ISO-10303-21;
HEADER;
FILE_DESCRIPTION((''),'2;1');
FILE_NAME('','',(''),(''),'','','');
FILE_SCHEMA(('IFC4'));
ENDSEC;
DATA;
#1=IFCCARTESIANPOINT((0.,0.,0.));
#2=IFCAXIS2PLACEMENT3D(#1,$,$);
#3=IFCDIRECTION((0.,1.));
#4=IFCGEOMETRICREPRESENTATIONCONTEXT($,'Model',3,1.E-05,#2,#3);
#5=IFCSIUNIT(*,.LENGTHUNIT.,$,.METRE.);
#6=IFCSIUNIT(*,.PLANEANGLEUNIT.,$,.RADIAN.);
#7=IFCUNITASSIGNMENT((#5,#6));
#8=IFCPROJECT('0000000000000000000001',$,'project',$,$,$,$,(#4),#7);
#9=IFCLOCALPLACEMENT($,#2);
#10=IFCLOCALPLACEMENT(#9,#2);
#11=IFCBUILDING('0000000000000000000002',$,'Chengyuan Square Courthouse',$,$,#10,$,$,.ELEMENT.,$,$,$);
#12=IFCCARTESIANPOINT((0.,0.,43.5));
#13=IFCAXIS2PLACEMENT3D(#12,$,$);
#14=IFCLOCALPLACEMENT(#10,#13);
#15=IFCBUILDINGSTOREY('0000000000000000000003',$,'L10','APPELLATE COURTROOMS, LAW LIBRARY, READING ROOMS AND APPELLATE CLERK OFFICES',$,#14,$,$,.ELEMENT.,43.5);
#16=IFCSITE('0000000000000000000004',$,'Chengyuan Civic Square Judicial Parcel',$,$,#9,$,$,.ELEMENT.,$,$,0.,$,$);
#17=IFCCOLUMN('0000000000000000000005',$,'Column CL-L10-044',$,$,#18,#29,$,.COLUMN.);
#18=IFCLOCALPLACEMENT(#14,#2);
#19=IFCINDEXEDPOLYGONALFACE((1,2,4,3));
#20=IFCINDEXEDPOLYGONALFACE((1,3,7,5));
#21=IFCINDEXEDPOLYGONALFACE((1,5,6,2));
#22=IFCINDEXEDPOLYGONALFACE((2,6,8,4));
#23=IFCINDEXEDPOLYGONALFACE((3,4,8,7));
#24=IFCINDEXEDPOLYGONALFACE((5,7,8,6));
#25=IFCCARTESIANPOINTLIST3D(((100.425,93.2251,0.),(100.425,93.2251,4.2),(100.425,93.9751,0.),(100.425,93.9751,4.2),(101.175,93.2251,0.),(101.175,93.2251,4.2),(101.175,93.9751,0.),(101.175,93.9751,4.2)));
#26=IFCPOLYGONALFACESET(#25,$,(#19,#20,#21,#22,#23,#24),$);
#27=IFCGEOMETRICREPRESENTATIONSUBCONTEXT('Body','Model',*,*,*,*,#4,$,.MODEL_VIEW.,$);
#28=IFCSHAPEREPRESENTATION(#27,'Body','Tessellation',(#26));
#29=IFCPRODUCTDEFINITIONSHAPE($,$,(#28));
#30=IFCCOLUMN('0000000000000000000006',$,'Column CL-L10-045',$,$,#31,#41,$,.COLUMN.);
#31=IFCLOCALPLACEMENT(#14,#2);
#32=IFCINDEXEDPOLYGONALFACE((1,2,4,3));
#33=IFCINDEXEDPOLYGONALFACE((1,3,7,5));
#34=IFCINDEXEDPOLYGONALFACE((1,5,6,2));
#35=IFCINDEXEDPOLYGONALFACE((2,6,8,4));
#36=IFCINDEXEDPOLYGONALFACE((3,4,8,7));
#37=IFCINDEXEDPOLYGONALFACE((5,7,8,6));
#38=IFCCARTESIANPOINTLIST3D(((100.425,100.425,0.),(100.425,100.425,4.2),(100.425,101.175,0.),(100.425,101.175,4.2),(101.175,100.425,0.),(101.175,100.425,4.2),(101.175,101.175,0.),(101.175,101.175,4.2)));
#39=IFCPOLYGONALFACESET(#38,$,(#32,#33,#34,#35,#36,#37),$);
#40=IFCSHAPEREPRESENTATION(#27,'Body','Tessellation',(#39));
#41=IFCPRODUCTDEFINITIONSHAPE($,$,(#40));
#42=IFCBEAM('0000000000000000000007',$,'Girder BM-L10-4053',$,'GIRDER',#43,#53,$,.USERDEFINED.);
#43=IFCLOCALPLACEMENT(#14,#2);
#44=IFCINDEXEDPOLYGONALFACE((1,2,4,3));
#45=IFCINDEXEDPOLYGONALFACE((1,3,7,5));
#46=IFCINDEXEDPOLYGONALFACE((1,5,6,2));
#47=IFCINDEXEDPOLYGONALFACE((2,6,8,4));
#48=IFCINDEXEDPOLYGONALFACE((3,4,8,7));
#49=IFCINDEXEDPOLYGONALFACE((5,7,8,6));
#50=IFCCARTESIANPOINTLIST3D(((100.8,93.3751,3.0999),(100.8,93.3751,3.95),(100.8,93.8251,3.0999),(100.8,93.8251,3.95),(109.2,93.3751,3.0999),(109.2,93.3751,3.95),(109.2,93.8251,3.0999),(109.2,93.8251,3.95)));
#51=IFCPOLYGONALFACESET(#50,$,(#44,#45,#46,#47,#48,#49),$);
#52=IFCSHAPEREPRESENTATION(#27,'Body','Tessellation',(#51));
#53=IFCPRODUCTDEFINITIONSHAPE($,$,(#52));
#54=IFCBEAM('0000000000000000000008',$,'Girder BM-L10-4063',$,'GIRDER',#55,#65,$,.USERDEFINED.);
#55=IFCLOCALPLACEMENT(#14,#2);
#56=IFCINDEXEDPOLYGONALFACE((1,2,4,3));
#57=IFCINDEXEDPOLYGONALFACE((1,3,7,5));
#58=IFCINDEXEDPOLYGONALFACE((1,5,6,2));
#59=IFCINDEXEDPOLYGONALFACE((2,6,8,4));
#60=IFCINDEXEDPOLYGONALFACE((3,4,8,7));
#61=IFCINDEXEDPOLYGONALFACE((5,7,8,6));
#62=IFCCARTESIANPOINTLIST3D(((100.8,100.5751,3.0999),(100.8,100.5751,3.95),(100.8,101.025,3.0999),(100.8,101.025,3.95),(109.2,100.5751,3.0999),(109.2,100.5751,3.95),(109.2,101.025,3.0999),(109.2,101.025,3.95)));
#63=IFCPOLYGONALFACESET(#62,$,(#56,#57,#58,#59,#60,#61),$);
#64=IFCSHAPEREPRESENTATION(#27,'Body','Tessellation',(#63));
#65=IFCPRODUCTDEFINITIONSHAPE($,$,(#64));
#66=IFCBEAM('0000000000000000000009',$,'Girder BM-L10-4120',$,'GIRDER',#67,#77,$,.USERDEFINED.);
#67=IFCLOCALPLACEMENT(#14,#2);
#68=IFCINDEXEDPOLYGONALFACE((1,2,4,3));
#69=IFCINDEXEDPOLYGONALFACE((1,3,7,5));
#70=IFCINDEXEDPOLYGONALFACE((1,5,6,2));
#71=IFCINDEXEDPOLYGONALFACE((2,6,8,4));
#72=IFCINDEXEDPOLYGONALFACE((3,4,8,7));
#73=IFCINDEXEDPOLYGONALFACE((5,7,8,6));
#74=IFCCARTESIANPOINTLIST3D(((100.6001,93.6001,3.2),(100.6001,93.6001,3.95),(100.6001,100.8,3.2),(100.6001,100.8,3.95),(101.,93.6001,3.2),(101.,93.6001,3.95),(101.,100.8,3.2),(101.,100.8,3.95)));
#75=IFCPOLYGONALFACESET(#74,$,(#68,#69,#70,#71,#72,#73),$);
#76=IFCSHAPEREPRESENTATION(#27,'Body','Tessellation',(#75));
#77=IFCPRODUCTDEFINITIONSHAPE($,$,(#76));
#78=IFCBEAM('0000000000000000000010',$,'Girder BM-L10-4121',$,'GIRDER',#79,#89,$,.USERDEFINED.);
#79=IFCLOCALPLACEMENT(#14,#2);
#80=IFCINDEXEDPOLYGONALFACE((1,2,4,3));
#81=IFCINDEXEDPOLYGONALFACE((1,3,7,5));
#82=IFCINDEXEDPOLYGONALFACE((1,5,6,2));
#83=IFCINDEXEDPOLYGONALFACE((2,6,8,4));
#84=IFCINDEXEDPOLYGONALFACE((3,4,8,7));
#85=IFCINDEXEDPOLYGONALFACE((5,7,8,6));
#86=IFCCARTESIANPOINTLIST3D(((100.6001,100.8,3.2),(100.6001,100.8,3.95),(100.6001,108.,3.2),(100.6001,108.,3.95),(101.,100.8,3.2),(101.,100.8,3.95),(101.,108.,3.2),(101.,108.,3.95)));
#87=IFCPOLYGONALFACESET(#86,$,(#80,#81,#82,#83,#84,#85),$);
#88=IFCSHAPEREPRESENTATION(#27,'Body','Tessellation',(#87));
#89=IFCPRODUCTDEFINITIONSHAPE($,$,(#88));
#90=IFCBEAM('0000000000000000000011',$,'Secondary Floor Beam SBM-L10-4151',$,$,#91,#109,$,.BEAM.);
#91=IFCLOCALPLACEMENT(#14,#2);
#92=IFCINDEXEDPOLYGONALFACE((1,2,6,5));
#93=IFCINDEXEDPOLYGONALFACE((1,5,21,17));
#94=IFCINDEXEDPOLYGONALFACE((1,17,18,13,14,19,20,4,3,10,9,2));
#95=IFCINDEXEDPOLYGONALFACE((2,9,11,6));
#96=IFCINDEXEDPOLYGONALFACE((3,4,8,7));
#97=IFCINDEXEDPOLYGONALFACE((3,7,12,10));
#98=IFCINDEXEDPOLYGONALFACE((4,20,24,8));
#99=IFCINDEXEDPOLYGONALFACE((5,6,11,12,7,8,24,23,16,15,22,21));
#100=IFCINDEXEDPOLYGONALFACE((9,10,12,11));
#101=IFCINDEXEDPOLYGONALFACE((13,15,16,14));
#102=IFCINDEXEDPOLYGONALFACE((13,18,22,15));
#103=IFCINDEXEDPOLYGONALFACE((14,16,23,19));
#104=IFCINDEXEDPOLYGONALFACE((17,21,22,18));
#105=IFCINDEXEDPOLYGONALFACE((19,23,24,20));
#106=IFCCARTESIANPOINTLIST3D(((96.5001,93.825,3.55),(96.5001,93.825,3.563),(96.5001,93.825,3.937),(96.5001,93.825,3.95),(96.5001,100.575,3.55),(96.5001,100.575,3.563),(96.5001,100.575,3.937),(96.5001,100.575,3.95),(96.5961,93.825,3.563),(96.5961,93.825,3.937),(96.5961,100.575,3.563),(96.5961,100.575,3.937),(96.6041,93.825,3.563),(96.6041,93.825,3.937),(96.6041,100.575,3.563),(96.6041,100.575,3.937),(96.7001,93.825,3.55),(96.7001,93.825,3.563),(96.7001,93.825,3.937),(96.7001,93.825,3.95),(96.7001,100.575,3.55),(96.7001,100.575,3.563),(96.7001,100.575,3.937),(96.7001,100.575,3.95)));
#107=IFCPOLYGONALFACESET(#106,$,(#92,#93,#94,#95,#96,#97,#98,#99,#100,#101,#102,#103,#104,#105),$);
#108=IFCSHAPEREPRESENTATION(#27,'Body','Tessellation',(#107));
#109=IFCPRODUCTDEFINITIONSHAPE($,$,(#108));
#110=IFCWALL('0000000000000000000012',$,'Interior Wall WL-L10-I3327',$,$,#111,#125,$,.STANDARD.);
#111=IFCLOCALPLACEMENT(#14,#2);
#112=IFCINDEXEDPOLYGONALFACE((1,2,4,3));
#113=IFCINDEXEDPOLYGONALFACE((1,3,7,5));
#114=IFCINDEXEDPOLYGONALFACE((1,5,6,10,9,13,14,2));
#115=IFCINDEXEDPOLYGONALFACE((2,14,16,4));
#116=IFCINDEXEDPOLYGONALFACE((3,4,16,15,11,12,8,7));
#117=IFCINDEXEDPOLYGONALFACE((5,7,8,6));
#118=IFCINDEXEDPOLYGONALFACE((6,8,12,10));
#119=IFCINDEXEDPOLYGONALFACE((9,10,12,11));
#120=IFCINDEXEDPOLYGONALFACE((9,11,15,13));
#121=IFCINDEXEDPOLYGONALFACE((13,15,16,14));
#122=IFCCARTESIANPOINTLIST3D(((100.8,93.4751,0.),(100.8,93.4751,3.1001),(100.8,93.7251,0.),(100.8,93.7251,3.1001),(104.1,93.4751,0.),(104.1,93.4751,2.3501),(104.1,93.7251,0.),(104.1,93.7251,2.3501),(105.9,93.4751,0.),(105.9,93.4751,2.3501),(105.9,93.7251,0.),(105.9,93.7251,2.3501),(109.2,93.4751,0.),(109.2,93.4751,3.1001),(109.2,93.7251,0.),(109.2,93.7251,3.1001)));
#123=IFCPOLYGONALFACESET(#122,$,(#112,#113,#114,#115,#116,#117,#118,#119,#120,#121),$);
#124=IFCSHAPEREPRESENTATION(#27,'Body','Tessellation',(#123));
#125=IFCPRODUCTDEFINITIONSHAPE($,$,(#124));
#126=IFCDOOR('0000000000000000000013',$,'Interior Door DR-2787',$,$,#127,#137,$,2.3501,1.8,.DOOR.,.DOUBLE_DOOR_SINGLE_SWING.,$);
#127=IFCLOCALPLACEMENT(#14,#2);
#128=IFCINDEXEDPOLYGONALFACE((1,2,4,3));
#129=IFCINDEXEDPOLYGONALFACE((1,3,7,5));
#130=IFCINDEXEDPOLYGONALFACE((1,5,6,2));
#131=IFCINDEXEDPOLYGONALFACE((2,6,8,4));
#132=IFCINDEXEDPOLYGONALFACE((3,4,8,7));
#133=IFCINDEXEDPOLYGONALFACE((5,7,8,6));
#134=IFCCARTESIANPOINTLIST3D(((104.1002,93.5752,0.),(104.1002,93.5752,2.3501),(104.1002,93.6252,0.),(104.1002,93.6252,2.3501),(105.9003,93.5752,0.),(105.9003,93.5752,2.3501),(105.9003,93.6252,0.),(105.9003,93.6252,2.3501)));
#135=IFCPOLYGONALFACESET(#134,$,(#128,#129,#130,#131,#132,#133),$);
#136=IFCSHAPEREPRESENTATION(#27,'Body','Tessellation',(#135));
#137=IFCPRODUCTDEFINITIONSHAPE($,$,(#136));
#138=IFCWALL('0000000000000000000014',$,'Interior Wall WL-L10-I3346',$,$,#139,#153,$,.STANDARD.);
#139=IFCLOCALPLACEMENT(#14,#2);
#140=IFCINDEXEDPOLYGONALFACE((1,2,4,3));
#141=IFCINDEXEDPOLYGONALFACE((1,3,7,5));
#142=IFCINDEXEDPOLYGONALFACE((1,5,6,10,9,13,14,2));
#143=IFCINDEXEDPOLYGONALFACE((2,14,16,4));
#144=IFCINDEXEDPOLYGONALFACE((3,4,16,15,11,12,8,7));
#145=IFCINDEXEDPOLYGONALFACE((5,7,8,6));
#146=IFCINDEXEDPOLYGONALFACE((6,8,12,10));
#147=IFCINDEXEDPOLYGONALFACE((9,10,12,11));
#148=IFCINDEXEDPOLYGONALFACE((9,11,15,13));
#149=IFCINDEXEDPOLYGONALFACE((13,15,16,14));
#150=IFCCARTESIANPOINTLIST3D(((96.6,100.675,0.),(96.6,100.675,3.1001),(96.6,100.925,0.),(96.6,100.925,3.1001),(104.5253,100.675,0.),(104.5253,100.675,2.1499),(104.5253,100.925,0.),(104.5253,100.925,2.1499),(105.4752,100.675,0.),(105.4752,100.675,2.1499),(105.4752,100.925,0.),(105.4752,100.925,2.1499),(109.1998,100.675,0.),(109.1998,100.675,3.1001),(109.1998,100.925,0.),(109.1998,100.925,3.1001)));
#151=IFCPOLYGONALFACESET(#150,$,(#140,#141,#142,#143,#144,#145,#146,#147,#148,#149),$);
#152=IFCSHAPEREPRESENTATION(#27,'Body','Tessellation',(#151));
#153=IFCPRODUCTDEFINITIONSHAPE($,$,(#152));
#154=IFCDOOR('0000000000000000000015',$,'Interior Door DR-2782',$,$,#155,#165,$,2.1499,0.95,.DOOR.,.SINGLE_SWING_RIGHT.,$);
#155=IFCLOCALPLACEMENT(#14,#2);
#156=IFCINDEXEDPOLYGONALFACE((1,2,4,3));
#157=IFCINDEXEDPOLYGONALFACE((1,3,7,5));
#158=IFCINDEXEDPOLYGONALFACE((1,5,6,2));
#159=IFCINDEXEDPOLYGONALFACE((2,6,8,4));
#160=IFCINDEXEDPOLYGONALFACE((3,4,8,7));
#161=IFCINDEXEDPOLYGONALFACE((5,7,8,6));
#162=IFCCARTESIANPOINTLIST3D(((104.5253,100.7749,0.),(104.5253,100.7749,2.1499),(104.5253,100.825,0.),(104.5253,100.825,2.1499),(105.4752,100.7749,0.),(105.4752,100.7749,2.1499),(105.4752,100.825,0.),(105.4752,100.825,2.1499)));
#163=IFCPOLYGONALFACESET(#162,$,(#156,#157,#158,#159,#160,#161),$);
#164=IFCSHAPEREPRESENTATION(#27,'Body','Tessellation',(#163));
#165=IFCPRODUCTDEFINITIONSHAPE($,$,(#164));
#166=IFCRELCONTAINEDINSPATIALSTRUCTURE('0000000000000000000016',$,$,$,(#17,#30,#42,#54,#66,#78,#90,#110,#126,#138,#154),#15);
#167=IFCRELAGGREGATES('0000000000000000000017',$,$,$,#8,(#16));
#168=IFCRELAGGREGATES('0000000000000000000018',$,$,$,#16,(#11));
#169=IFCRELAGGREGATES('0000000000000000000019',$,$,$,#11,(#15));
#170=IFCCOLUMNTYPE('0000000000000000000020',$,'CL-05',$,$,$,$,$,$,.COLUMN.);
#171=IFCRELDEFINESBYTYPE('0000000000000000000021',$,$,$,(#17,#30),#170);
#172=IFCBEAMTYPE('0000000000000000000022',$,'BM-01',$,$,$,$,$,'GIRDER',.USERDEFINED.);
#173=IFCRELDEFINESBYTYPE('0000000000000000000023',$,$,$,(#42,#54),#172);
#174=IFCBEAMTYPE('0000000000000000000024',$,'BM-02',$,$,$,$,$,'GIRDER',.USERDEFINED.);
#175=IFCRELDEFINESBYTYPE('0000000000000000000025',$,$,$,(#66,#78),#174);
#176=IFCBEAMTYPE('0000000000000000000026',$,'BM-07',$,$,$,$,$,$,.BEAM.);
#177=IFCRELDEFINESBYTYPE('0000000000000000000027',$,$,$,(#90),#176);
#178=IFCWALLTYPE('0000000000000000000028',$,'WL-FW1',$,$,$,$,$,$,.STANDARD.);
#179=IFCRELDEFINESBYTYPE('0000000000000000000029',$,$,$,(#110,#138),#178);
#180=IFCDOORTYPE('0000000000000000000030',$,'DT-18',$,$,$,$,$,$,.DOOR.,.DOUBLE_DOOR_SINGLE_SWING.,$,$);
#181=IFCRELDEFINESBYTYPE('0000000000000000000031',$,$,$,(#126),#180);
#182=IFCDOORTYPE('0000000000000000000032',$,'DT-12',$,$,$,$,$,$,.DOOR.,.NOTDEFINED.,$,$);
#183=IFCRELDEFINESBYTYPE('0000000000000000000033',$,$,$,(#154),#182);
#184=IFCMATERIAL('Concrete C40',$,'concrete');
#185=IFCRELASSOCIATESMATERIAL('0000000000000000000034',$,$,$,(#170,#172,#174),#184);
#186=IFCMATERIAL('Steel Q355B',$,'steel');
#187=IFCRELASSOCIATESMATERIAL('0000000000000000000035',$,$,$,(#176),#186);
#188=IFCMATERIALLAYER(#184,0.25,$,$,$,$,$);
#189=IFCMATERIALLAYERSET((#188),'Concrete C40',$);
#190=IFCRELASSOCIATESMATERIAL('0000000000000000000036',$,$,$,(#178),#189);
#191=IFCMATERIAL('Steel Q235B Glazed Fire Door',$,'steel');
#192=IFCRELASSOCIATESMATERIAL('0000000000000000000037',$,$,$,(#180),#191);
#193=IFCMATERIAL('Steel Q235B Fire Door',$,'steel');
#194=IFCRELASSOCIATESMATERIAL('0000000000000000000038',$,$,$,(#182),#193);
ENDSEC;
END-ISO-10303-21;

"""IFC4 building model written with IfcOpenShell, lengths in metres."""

from ifc_helpers import new_model, si_unit, direction, frame, frame_2d, origin, origin_2d, place, context, subcontext, project, spatial, rectangle, i_section, extrude, material, layer, layer_set, material_profile, profile_set, type_object, element, fill, save


model = new_model("IFC4")

# Units and contexts
model_context = context("Model", 3, precision=1e-05, world=origin(), true_north=direction((0.0, 1.0)))
body_context = subcontext(model_context, "Body", "Model", "MODEL_VIEW")
ifc_project = project(units=[si_unit("LENGTHUNIT", "METRE"), si_unit("PLANEANGLEUNIT", "RADIAN")], contexts=[model_context])

# Site, building, storey
site_placement = place(None, origin())
site = spatial("IfcSite", under=ifc_project, at=site_placement, Name="Chengyuan Civic Square Judicial Parcel", CompositionType="ELEMENT", RefElevation=0.0)
building_placement = place(site_placement, origin())
building = spatial("IfcBuilding", under=site, at=building_placement, Name="Chengyuan Square Courthouse", CompositionType="ELEMENT")
storey_placement = place(building_placement, frame((0.0, 0.0, 43.5)))
storey = spatial("IfcBuildingStorey", under=building, at=storey_placement, Name="L10", Description="APPELLATE COURTROOMS, LAW LIBRARY, READING ROOMS AND APPELLATE CLERK OFFICES", CompositionType="ELEMENT", Elevation=43.5)

# Columns
ifc_material_1 = material(Name="Concrete C40", Category="concrete")
ifc_material_profile_1 = material_profile(ifc_material_1, rectangle(XDim=0.75, YDim=0.75, at=origin_2d()), Name="RC-COL-750x750")
ifc_profile_set_1 = profile_set([ifc_material_profile_1], Name="Concrete C40")
column_type = type_object("IfcColumnType", Name="CL-05", PredefinedType="COLUMN", material=ifc_profile_set_1)
for number, where, z_axis, x_axis, name in (
    (1, (100.8, 93.6001, 0.0), (0.0, 0.0, 1.0), (1.0, 0.0, 0.0), "Column CL-L10-044"),
    (2, (100.8, 100.8, 0.0), (0.0, 0.0, 1.0), (1.0, 0.0, 0.0), "Column CL-L10-045"),
):
    element("IfcColumn", number, at=place(storey_placement, frame(where, z_axis=z_axis, x_axis=x_axis)), inside=storey, type_object=column_type, Name=name, PredefinedType="COLUMN", context=body_context, shape_type="SweptSolid", body=[
        extrude(rectangle(XDim=0.75, YDim=0.75, at=origin_2d()), origin(), (0.0, 0.0, 1.0), 4.2),
    ])

# Beams
ifc_material_profile_2 = material_profile(ifc_material_1, rectangle(XDim=0.45, YDim=0.8501, at=origin_2d()), Name="RC-BM-450x850")
ifc_profile_set_2 = profile_set([ifc_material_profile_2], Name="Concrete C40")
beam_type_1 = type_object("IfcBeamType", Name="BM-01", ElementType="GIRDER", PredefinedType="USERDEFINED", material=ifc_profile_set_2)
for number, where, z_axis, x_axis, name in (
    (3, (100.8, 93.6001, 3.5249), (1.0, 0.0, 0.0), (0.0, 1.0, 0.0), "Girder BM-L10-4053"),
    (4, (100.8, 100.8, 3.5249), (1.0, 0.0, 0.0), (0.0, 1.0, 0.0), "Girder BM-L10-4063"),
):
    element("IfcBeam", number, at=place(storey_placement, frame(where, z_axis=z_axis, x_axis=x_axis)), inside=storey, type_object=beam_type_1, Name=name, ObjectType="GIRDER", PredefinedType="USERDEFINED", context=body_context, shape_type="SweptSolid", body=[
        extrude(rectangle(XDim=0.45, YDim=0.8501, at=origin_2d()), origin(), (0.0, 0.0, 1.0), 8.3999),
    ])
ifc_material_profile_3 = material_profile(ifc_material_1, rectangle(XDim=0.3999, YDim=0.75, at=origin_2d()), Name="RC-BM-400x750")
ifc_profile_set_3 = profile_set([ifc_material_profile_3], Name="Concrete C40")
beam_type_2 = type_object("IfcBeamType", Name="BM-02", ElementType="GIRDER", PredefinedType="USERDEFINED", material=ifc_profile_set_3)
for number, where, z_axis, x_axis, name in (
    (5, (100.8, 93.6001, 3.575), (0.0, 1.0, 0.0), (-1.0, 0.0, 0.0), "Girder BM-L10-4120"),
    (6, (100.8, 100.8, 3.575), (0.0, 1.0, 0.0), (-1.0, 0.0, 0.0), "Girder BM-L10-4121"),
):
    element("IfcBeam", number, at=place(storey_placement, frame(where, z_axis=z_axis, x_axis=x_axis)), inside=storey, type_object=beam_type_2, Name=name, ObjectType="GIRDER", PredefinedType="USERDEFINED", context=body_context, shape_type="SweptSolid", body=[
        extrude(rectangle(XDim=0.3999, YDim=0.75, at=origin_2d()), origin(), (0.0, 0.0, 1.0), 7.2),
    ])
ifc_material_2 = material(Name="Steel Q355B", Category="steel")
ifc_material_profile_4 = material_profile(ifc_material_2, i_section(OverallWidth=0.2, OverallDepth=0.3999, WebThickness=0.0081, FlangeThickness=0.0129, at=origin_2d()), Name="HN 400x200x8x13")
ifc_profile_set_4 = profile_set([ifc_material_profile_4], Name="Steel Q355B")
beam_type_3 = type_object("IfcBeamType", Name="BM-07", PredefinedType="BEAM", material=ifc_profile_set_4)
beam_placement = place(storey_placement, frame((96.6001, 93.825, 3.75), z_axis=(0.0, 1.0, 0.0), x_axis=(-1.0, 0.0, 0.0)))
element("IfcBeam", 7, at=beam_placement, inside=storey, type_object=beam_type_3, Name="Secondary Floor Beam SBM-L10-4151", PredefinedType="BEAM", context=body_context, shape_type="SweptSolid", body=[
    extrude(i_section(OverallWidth=0.2, OverallDepth=0.3999, WebThickness=0.0081, FlangeThickness=0.0129, at=origin_2d()), origin(), (0.0, 0.0, 1.0), 6.75),
])

# Walls, openings, doors
ifc_layer_1 = layer(ifc_material_1, 0.25)
ifc_layer_set_1 = layer_set([ifc_layer_1], Name="Concrete C40")
wall_type_1 = type_object("IfcWallType", Name="WL-FW1", PredefinedType="STANDARD", material=ifc_layer_set_1)
wall_1_placement = place(storey_placement, frame((100.8, 93.6001, 0.0), z_axis=(0.0, 0.0, 1.0), x_axis=(1.0, 0.0, 0.0)))
wall_1 = element("IfcWall", 8, at=wall_1_placement, inside=storey, type_object=wall_type_1, Name="Interior Wall WL-L10-I3327", PredefinedType="STANDARD", context=body_context, shape_type="SweptSolid", body=[
    extrude(rectangle(XDim=8.3999, YDim=0.25, at=frame_2d((4.2, 0.0))), origin(), (0.0, 0.0, 1.0), 3.1001),
])
opening_1_placement = place(wall_1_placement, frame((3.3, 0.0, 0.0)))
opening_1 = element("IfcOpeningElement", 9, at=opening_1_placement, cuts=wall_1, PredefinedType="OPENING", context=body_context, shape_type="SweptSolid", body=[
    extrude(rectangle(XDim=1.8, YDim=2.3501, at=frame_2d((0.8999, 1.175))), frame((0.0, 0.137, 0.0), z_axis=(0.0, -1.0, 0.0), x_axis=(1.0, 0.0, 0.0)), (0.0, 0.0, 1.0), 0.2739),
])
ifc_material_3 = material(Name="Steel Q235B Glazed Fire Door", Category="steel")
door_type_1 = type_object("IfcDoorType", Name="DT-18", OperationType="DOUBLE_DOOR_SINGLE_SWING", PredefinedType="DOOR", material=ifc_material_3)
door_1_placement = place(opening_1_placement, frame((1.8, 0.0, 0.0), z_axis=(0.0, 0.0, 1.0), x_axis=(-1.0, 0.0, 0.0)))
door_1 = element("IfcDoor", 10, at=door_1_placement, inside=storey, type_object=door_type_1, Name="Interior Door DR-2787", OperationType="DOUBLE_DOOR_SINGLE_SWING", OverallHeight=2.3501, OverallWidth=1.8, PredefinedType="DOOR", context=body_context, shape_type="SweptSolid", body=[
    extrude(rectangle(XDim=1.8, YDim=2.3501, at=frame_2d((0.8999, 1.175))), frame((0.0, 0.0249, 0.0), z_axis=(0.0, -1.0, 0.0), x_axis=(1.0, 0.0, 0.0)), (0.0, 0.0, 1.0), 0.05),
])
fill(opening_1, door_1)
wall_2_placement = place(storey_placement, frame((96.6001, 100.8, 0.0), z_axis=(0.0, 0.0, 1.0), x_axis=(1.0, 0.0, 0.0)))
wall_2 = element("IfcWall", 11, at=wall_2_placement, inside=storey, type_object=wall_type_1, Name="Interior Wall WL-L10-I3346", PredefinedType="STANDARD", context=body_context, shape_type="SweptSolid", body=[
    extrude(rectangle(XDim=12.5999, YDim=0.25, at=frame_2d((6.2998, 0.0))), origin(), (0.0, 0.0, 1.0), 3.1001),
])
opening_2_placement = place(wall_2_placement, frame((7.925, 0.0, 0.0)))
opening_2 = element("IfcOpeningElement", 12, at=opening_2_placement, cuts=wall_2, PredefinedType="OPENING", context=body_context, shape_type="SweptSolid", body=[
    extrude(rectangle(XDim=0.95, YDim=2.1499, at=frame_2d((0.4751, 1.075))), frame((0.0, 0.137, 0.0), z_axis=(0.0, -1.0, 0.0), x_axis=(1.0, 0.0, 0.0)), (0.0, 0.0, 1.0), 0.2739),
])
ifc_material_4 = material(Name="Steel Q235B Fire Door", Category="steel")
door_type_2 = type_object("IfcDoorType", Name="DT-12", OperationType="NOTDEFINED", PredefinedType="DOOR", material=ifc_material_4)
door_2_placement = place(opening_2_placement, origin())
door_2 = element("IfcDoor", 13, at=door_2_placement, inside=storey, type_object=door_type_2, Name="Interior Door DR-2782", OperationType="SINGLE_SWING_RIGHT", OverallHeight=2.1499, OverallWidth=0.95, PredefinedType="DOOR", context=body_context, shape_type="SweptSolid", body=[
    extrude(rectangle(XDim=0.95, YDim=2.1499, at=frame_2d((0.4751, 1.075))), frame((0.0, 0.0249, 0.0), z_axis=(0.0, -1.0, 0.0), x_axis=(1.0, 0.0, 0.0)), (0.0, 0.0, 1.0), 0.05),
])
fill(opening_2, door_2)

save(model, "model.ifc")
